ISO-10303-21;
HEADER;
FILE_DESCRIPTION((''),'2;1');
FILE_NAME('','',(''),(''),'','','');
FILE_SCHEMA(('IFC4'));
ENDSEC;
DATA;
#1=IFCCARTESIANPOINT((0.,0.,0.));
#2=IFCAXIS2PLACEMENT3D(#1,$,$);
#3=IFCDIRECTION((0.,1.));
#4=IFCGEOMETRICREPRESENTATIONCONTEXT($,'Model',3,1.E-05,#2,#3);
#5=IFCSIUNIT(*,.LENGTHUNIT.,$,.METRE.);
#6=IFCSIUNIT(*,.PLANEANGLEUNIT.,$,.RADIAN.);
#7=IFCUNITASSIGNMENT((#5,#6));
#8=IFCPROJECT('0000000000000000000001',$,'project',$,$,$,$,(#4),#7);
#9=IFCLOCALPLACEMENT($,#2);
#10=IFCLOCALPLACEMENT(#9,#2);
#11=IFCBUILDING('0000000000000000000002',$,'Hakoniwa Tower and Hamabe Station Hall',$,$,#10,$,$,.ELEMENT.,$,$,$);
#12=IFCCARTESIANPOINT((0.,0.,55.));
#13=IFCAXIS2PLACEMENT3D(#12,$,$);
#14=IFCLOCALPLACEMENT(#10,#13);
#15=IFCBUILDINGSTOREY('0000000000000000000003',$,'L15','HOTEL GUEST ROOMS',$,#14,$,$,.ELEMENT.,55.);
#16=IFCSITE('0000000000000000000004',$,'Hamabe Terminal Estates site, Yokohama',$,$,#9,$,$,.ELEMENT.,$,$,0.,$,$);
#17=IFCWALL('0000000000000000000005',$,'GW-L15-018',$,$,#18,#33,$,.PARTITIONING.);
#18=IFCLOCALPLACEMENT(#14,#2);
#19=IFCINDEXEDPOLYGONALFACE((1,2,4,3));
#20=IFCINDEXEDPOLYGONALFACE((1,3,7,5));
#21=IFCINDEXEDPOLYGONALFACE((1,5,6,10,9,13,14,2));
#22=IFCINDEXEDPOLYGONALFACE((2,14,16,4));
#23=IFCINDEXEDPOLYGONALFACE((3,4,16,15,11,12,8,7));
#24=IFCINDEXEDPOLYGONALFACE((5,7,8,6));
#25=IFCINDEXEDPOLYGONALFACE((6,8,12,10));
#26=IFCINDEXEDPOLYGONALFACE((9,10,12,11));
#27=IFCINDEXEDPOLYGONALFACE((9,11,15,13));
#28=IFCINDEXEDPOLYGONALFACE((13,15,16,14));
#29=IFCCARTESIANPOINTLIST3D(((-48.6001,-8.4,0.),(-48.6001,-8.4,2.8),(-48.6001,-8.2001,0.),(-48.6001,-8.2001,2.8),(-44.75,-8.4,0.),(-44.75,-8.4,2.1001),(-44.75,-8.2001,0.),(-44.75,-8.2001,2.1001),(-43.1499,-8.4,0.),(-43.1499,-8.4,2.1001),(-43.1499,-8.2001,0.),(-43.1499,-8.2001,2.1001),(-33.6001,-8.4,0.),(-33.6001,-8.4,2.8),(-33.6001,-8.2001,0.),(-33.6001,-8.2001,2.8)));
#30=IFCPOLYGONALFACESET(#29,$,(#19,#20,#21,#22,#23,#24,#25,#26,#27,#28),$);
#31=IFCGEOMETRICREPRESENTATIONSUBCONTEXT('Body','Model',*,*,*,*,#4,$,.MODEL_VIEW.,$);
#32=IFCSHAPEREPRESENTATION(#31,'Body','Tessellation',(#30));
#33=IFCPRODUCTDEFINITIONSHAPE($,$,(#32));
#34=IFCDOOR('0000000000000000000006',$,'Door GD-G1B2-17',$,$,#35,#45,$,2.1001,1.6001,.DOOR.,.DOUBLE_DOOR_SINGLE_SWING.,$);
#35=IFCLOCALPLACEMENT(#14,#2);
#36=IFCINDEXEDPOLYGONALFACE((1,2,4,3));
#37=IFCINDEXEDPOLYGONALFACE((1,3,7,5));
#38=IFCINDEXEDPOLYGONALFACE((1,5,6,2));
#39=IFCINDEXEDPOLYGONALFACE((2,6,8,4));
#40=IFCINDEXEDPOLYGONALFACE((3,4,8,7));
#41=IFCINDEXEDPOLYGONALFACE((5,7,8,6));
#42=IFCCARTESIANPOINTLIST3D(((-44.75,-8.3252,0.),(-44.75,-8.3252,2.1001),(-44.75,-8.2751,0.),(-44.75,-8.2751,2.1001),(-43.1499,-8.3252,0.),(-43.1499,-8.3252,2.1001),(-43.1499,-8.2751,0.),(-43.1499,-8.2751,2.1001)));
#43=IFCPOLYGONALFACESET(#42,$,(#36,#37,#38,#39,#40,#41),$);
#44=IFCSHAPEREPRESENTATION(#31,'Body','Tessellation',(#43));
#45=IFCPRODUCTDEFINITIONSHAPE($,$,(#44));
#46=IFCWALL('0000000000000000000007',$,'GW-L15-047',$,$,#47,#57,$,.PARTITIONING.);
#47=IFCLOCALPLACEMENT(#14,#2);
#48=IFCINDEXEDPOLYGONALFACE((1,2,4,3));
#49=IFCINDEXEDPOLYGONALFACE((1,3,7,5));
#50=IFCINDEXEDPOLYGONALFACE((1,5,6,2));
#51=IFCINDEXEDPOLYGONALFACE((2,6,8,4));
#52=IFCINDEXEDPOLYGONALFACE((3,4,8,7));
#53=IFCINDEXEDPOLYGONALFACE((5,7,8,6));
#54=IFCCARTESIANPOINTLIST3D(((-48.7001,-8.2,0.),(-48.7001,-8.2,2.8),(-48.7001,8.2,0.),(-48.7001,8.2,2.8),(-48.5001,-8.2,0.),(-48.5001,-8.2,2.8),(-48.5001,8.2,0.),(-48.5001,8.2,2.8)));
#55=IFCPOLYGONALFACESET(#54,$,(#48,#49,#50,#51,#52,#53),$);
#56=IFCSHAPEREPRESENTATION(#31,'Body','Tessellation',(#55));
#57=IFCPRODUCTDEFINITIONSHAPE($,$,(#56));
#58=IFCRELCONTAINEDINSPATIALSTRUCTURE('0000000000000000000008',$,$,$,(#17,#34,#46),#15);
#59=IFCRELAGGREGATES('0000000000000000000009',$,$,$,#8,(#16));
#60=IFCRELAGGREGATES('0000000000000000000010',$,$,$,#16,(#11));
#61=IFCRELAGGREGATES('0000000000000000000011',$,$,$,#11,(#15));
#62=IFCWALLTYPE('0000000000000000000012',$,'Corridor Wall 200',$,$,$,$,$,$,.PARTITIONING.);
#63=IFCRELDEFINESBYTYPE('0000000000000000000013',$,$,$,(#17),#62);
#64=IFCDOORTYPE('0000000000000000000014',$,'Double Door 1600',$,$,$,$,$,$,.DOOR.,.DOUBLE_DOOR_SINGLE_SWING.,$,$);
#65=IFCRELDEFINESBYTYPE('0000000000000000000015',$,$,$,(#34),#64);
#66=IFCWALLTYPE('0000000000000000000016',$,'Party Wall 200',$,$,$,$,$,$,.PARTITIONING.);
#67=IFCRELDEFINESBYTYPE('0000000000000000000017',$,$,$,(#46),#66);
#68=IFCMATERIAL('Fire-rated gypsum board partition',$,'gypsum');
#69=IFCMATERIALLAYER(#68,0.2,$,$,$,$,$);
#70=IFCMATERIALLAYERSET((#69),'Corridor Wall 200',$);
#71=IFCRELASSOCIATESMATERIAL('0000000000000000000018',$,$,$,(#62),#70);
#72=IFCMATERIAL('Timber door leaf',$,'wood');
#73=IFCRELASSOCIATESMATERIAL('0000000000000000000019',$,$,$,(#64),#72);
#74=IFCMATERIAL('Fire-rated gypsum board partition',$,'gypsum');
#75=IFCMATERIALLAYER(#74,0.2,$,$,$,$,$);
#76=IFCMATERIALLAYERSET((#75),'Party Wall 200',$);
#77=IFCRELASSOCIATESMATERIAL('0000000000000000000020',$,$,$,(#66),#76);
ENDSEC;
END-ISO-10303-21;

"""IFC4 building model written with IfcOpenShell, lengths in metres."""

from ifc_helpers import new_model, si_unit, direction, frame, frame_2d, origin, place, context, subcontext, project, spatial, rectangle, extrude, material, layer, layer_set, type_object, element, fill, save


model = new_model("IFC4")

# Units and contexts
model_context = context("Model", 3, precision=1e-05, world=origin(), true_north=direction((0.0, 1.0)))
body_context = subcontext(model_context, "Body", "Model", "MODEL_VIEW")
ifc_project = project(units=[si_unit("LENGTHUNIT", "METRE"), si_unit("PLANEANGLEUNIT", "RADIAN")], contexts=[model_context])

# Site, building, storey
site_placement = place(None, origin())
site = spatial("IfcSite", under=ifc_project, at=site_placement, Name="Hamabe Terminal Estates site, Yokohama", CompositionType="ELEMENT", RefElevation=0.0)
building_placement = place(site_placement, origin())
building = spatial("IfcBuilding", under=site, at=building_placement, Name="Hakoniwa Tower and Hamabe Station Hall", CompositionType="ELEMENT")
storey_placement = place(building_placement, frame((0.0, 0.0, 55.0)))
storey = spatial("IfcBuildingStorey", under=building, at=storey_placement, Name="L15", Description="HOTEL GUEST ROOMS", CompositionType="ELEMENT", Elevation=55.0)

# Shared definitions
ifc_material_1 = material(Name="Fire-rated gypsum board partition", Category="gypsum")
ifc_layer_1 = layer(ifc_material_1, 0.2)
ifc_layer_set_1 = layer_set([ifc_layer_1], Name="Corridor Wall 200")
wall_type_1 = type_object("IfcWallType", Name="Corridor Wall 200", PredefinedType="PARTITIONING", material=ifc_layer_set_1)

# Wall, opening, door
wall_1_placement = place(storey_placement, frame((-48.6001, -8.3, 0.0), z_axis=(0.0, 0.0, 1.0), x_axis=(1.0, 0.0, 0.0)))
wall_1 = element("IfcWall", 1, at=wall_1_placement, inside=storey, type_object=wall_type_1, Name="GW-L15-018", PredefinedType="PARTITIONING", context=body_context, shape_type="SweptSolid", body=[
    extrude(rectangle(XDim=15.0, YDim=0.2, at=frame_2d((7.5, 0.0))), origin(), (0.0, 0.0, 1.0), 2.8),
])
opening_1_placement = place(wall_1_placement, frame((3.8501, 0.0, 0.0)))
opening_1 = element("IfcOpeningElement", 2, at=opening_1_placement, cuts=wall_1, PredefinedType="OPENING", context=body_context, shape_type="SweptSolid", body=[
    extrude(rectangle(XDim=1.6001, YDim=2.1001, at=frame_2d((0.8, 1.05))), frame((0.0, 0.1099, 0.0), z_axis=(0.0, -1.0, 0.0), x_axis=(1.0, 0.0, 0.0)), (0.0, 0.0, 1.0), 0.22),
])
ifc_material_2 = material(Name="Timber door leaf", Category="wood")
door_type_1 = type_object("IfcDoorType", Name="Double Door 1600", OperationType="DOUBLE_DOOR_SINGLE_SWING", PredefinedType="DOOR", material=ifc_material_2)
door_1_placement = place(opening_1_placement, origin())
door_1 = element("IfcDoor", 3, at=door_1_placement, inside=storey, type_object=door_type_1, Name="Door GD-G1B2-17", OperationType="DOUBLE_DOOR_SINGLE_SWING", OverallHeight=2.1001, OverallWidth=1.6001, PredefinedType="DOOR", context=body_context, shape_type="SweptSolid", body=[
    extrude(rectangle(XDim=1.6001, YDim=2.1001, at=frame_2d((0.8, 1.05))), frame((0.0, 0.0249, 0.0), z_axis=(0.0, -1.0, 0.0), x_axis=(1.0, 0.0, 0.0)), (0.0, 0.0, 1.0), 0.05),
])
fill(opening_1, door_1)

# Wall
ifc_material_3 = material(Name="Fire-rated gypsum board partition", Category="gypsum")
ifc_layer_2 = layer(ifc_material_3, 0.2)
ifc_layer_set_2 = layer_set([ifc_layer_2], Name="Party Wall 200")
wall_type_2 = type_object("IfcWallType", Name="Party Wall 200", PredefinedType="PARTITIONING", material=ifc_layer_set_2)
wall_2_placement = place(storey_placement, frame((-48.6001, -8.2, 0.0), z_axis=(0.0, 0.0, 1.0), x_axis=(0.0, 1.0, 0.0)))
element("IfcWall", 4, at=wall_2_placement, inside=storey, type_object=wall_type_2, Name="GW-L15-047", PredefinedType="PARTITIONING", context=body_context, shape_type="SweptSolid", body=[
    extrude(rectangle(XDim=16.3999, YDim=0.2, at=frame_2d((8.2, 0.0))), origin(), (0.0, 0.0, 1.0), 2.8),
])

save(model, "model.ifc")
